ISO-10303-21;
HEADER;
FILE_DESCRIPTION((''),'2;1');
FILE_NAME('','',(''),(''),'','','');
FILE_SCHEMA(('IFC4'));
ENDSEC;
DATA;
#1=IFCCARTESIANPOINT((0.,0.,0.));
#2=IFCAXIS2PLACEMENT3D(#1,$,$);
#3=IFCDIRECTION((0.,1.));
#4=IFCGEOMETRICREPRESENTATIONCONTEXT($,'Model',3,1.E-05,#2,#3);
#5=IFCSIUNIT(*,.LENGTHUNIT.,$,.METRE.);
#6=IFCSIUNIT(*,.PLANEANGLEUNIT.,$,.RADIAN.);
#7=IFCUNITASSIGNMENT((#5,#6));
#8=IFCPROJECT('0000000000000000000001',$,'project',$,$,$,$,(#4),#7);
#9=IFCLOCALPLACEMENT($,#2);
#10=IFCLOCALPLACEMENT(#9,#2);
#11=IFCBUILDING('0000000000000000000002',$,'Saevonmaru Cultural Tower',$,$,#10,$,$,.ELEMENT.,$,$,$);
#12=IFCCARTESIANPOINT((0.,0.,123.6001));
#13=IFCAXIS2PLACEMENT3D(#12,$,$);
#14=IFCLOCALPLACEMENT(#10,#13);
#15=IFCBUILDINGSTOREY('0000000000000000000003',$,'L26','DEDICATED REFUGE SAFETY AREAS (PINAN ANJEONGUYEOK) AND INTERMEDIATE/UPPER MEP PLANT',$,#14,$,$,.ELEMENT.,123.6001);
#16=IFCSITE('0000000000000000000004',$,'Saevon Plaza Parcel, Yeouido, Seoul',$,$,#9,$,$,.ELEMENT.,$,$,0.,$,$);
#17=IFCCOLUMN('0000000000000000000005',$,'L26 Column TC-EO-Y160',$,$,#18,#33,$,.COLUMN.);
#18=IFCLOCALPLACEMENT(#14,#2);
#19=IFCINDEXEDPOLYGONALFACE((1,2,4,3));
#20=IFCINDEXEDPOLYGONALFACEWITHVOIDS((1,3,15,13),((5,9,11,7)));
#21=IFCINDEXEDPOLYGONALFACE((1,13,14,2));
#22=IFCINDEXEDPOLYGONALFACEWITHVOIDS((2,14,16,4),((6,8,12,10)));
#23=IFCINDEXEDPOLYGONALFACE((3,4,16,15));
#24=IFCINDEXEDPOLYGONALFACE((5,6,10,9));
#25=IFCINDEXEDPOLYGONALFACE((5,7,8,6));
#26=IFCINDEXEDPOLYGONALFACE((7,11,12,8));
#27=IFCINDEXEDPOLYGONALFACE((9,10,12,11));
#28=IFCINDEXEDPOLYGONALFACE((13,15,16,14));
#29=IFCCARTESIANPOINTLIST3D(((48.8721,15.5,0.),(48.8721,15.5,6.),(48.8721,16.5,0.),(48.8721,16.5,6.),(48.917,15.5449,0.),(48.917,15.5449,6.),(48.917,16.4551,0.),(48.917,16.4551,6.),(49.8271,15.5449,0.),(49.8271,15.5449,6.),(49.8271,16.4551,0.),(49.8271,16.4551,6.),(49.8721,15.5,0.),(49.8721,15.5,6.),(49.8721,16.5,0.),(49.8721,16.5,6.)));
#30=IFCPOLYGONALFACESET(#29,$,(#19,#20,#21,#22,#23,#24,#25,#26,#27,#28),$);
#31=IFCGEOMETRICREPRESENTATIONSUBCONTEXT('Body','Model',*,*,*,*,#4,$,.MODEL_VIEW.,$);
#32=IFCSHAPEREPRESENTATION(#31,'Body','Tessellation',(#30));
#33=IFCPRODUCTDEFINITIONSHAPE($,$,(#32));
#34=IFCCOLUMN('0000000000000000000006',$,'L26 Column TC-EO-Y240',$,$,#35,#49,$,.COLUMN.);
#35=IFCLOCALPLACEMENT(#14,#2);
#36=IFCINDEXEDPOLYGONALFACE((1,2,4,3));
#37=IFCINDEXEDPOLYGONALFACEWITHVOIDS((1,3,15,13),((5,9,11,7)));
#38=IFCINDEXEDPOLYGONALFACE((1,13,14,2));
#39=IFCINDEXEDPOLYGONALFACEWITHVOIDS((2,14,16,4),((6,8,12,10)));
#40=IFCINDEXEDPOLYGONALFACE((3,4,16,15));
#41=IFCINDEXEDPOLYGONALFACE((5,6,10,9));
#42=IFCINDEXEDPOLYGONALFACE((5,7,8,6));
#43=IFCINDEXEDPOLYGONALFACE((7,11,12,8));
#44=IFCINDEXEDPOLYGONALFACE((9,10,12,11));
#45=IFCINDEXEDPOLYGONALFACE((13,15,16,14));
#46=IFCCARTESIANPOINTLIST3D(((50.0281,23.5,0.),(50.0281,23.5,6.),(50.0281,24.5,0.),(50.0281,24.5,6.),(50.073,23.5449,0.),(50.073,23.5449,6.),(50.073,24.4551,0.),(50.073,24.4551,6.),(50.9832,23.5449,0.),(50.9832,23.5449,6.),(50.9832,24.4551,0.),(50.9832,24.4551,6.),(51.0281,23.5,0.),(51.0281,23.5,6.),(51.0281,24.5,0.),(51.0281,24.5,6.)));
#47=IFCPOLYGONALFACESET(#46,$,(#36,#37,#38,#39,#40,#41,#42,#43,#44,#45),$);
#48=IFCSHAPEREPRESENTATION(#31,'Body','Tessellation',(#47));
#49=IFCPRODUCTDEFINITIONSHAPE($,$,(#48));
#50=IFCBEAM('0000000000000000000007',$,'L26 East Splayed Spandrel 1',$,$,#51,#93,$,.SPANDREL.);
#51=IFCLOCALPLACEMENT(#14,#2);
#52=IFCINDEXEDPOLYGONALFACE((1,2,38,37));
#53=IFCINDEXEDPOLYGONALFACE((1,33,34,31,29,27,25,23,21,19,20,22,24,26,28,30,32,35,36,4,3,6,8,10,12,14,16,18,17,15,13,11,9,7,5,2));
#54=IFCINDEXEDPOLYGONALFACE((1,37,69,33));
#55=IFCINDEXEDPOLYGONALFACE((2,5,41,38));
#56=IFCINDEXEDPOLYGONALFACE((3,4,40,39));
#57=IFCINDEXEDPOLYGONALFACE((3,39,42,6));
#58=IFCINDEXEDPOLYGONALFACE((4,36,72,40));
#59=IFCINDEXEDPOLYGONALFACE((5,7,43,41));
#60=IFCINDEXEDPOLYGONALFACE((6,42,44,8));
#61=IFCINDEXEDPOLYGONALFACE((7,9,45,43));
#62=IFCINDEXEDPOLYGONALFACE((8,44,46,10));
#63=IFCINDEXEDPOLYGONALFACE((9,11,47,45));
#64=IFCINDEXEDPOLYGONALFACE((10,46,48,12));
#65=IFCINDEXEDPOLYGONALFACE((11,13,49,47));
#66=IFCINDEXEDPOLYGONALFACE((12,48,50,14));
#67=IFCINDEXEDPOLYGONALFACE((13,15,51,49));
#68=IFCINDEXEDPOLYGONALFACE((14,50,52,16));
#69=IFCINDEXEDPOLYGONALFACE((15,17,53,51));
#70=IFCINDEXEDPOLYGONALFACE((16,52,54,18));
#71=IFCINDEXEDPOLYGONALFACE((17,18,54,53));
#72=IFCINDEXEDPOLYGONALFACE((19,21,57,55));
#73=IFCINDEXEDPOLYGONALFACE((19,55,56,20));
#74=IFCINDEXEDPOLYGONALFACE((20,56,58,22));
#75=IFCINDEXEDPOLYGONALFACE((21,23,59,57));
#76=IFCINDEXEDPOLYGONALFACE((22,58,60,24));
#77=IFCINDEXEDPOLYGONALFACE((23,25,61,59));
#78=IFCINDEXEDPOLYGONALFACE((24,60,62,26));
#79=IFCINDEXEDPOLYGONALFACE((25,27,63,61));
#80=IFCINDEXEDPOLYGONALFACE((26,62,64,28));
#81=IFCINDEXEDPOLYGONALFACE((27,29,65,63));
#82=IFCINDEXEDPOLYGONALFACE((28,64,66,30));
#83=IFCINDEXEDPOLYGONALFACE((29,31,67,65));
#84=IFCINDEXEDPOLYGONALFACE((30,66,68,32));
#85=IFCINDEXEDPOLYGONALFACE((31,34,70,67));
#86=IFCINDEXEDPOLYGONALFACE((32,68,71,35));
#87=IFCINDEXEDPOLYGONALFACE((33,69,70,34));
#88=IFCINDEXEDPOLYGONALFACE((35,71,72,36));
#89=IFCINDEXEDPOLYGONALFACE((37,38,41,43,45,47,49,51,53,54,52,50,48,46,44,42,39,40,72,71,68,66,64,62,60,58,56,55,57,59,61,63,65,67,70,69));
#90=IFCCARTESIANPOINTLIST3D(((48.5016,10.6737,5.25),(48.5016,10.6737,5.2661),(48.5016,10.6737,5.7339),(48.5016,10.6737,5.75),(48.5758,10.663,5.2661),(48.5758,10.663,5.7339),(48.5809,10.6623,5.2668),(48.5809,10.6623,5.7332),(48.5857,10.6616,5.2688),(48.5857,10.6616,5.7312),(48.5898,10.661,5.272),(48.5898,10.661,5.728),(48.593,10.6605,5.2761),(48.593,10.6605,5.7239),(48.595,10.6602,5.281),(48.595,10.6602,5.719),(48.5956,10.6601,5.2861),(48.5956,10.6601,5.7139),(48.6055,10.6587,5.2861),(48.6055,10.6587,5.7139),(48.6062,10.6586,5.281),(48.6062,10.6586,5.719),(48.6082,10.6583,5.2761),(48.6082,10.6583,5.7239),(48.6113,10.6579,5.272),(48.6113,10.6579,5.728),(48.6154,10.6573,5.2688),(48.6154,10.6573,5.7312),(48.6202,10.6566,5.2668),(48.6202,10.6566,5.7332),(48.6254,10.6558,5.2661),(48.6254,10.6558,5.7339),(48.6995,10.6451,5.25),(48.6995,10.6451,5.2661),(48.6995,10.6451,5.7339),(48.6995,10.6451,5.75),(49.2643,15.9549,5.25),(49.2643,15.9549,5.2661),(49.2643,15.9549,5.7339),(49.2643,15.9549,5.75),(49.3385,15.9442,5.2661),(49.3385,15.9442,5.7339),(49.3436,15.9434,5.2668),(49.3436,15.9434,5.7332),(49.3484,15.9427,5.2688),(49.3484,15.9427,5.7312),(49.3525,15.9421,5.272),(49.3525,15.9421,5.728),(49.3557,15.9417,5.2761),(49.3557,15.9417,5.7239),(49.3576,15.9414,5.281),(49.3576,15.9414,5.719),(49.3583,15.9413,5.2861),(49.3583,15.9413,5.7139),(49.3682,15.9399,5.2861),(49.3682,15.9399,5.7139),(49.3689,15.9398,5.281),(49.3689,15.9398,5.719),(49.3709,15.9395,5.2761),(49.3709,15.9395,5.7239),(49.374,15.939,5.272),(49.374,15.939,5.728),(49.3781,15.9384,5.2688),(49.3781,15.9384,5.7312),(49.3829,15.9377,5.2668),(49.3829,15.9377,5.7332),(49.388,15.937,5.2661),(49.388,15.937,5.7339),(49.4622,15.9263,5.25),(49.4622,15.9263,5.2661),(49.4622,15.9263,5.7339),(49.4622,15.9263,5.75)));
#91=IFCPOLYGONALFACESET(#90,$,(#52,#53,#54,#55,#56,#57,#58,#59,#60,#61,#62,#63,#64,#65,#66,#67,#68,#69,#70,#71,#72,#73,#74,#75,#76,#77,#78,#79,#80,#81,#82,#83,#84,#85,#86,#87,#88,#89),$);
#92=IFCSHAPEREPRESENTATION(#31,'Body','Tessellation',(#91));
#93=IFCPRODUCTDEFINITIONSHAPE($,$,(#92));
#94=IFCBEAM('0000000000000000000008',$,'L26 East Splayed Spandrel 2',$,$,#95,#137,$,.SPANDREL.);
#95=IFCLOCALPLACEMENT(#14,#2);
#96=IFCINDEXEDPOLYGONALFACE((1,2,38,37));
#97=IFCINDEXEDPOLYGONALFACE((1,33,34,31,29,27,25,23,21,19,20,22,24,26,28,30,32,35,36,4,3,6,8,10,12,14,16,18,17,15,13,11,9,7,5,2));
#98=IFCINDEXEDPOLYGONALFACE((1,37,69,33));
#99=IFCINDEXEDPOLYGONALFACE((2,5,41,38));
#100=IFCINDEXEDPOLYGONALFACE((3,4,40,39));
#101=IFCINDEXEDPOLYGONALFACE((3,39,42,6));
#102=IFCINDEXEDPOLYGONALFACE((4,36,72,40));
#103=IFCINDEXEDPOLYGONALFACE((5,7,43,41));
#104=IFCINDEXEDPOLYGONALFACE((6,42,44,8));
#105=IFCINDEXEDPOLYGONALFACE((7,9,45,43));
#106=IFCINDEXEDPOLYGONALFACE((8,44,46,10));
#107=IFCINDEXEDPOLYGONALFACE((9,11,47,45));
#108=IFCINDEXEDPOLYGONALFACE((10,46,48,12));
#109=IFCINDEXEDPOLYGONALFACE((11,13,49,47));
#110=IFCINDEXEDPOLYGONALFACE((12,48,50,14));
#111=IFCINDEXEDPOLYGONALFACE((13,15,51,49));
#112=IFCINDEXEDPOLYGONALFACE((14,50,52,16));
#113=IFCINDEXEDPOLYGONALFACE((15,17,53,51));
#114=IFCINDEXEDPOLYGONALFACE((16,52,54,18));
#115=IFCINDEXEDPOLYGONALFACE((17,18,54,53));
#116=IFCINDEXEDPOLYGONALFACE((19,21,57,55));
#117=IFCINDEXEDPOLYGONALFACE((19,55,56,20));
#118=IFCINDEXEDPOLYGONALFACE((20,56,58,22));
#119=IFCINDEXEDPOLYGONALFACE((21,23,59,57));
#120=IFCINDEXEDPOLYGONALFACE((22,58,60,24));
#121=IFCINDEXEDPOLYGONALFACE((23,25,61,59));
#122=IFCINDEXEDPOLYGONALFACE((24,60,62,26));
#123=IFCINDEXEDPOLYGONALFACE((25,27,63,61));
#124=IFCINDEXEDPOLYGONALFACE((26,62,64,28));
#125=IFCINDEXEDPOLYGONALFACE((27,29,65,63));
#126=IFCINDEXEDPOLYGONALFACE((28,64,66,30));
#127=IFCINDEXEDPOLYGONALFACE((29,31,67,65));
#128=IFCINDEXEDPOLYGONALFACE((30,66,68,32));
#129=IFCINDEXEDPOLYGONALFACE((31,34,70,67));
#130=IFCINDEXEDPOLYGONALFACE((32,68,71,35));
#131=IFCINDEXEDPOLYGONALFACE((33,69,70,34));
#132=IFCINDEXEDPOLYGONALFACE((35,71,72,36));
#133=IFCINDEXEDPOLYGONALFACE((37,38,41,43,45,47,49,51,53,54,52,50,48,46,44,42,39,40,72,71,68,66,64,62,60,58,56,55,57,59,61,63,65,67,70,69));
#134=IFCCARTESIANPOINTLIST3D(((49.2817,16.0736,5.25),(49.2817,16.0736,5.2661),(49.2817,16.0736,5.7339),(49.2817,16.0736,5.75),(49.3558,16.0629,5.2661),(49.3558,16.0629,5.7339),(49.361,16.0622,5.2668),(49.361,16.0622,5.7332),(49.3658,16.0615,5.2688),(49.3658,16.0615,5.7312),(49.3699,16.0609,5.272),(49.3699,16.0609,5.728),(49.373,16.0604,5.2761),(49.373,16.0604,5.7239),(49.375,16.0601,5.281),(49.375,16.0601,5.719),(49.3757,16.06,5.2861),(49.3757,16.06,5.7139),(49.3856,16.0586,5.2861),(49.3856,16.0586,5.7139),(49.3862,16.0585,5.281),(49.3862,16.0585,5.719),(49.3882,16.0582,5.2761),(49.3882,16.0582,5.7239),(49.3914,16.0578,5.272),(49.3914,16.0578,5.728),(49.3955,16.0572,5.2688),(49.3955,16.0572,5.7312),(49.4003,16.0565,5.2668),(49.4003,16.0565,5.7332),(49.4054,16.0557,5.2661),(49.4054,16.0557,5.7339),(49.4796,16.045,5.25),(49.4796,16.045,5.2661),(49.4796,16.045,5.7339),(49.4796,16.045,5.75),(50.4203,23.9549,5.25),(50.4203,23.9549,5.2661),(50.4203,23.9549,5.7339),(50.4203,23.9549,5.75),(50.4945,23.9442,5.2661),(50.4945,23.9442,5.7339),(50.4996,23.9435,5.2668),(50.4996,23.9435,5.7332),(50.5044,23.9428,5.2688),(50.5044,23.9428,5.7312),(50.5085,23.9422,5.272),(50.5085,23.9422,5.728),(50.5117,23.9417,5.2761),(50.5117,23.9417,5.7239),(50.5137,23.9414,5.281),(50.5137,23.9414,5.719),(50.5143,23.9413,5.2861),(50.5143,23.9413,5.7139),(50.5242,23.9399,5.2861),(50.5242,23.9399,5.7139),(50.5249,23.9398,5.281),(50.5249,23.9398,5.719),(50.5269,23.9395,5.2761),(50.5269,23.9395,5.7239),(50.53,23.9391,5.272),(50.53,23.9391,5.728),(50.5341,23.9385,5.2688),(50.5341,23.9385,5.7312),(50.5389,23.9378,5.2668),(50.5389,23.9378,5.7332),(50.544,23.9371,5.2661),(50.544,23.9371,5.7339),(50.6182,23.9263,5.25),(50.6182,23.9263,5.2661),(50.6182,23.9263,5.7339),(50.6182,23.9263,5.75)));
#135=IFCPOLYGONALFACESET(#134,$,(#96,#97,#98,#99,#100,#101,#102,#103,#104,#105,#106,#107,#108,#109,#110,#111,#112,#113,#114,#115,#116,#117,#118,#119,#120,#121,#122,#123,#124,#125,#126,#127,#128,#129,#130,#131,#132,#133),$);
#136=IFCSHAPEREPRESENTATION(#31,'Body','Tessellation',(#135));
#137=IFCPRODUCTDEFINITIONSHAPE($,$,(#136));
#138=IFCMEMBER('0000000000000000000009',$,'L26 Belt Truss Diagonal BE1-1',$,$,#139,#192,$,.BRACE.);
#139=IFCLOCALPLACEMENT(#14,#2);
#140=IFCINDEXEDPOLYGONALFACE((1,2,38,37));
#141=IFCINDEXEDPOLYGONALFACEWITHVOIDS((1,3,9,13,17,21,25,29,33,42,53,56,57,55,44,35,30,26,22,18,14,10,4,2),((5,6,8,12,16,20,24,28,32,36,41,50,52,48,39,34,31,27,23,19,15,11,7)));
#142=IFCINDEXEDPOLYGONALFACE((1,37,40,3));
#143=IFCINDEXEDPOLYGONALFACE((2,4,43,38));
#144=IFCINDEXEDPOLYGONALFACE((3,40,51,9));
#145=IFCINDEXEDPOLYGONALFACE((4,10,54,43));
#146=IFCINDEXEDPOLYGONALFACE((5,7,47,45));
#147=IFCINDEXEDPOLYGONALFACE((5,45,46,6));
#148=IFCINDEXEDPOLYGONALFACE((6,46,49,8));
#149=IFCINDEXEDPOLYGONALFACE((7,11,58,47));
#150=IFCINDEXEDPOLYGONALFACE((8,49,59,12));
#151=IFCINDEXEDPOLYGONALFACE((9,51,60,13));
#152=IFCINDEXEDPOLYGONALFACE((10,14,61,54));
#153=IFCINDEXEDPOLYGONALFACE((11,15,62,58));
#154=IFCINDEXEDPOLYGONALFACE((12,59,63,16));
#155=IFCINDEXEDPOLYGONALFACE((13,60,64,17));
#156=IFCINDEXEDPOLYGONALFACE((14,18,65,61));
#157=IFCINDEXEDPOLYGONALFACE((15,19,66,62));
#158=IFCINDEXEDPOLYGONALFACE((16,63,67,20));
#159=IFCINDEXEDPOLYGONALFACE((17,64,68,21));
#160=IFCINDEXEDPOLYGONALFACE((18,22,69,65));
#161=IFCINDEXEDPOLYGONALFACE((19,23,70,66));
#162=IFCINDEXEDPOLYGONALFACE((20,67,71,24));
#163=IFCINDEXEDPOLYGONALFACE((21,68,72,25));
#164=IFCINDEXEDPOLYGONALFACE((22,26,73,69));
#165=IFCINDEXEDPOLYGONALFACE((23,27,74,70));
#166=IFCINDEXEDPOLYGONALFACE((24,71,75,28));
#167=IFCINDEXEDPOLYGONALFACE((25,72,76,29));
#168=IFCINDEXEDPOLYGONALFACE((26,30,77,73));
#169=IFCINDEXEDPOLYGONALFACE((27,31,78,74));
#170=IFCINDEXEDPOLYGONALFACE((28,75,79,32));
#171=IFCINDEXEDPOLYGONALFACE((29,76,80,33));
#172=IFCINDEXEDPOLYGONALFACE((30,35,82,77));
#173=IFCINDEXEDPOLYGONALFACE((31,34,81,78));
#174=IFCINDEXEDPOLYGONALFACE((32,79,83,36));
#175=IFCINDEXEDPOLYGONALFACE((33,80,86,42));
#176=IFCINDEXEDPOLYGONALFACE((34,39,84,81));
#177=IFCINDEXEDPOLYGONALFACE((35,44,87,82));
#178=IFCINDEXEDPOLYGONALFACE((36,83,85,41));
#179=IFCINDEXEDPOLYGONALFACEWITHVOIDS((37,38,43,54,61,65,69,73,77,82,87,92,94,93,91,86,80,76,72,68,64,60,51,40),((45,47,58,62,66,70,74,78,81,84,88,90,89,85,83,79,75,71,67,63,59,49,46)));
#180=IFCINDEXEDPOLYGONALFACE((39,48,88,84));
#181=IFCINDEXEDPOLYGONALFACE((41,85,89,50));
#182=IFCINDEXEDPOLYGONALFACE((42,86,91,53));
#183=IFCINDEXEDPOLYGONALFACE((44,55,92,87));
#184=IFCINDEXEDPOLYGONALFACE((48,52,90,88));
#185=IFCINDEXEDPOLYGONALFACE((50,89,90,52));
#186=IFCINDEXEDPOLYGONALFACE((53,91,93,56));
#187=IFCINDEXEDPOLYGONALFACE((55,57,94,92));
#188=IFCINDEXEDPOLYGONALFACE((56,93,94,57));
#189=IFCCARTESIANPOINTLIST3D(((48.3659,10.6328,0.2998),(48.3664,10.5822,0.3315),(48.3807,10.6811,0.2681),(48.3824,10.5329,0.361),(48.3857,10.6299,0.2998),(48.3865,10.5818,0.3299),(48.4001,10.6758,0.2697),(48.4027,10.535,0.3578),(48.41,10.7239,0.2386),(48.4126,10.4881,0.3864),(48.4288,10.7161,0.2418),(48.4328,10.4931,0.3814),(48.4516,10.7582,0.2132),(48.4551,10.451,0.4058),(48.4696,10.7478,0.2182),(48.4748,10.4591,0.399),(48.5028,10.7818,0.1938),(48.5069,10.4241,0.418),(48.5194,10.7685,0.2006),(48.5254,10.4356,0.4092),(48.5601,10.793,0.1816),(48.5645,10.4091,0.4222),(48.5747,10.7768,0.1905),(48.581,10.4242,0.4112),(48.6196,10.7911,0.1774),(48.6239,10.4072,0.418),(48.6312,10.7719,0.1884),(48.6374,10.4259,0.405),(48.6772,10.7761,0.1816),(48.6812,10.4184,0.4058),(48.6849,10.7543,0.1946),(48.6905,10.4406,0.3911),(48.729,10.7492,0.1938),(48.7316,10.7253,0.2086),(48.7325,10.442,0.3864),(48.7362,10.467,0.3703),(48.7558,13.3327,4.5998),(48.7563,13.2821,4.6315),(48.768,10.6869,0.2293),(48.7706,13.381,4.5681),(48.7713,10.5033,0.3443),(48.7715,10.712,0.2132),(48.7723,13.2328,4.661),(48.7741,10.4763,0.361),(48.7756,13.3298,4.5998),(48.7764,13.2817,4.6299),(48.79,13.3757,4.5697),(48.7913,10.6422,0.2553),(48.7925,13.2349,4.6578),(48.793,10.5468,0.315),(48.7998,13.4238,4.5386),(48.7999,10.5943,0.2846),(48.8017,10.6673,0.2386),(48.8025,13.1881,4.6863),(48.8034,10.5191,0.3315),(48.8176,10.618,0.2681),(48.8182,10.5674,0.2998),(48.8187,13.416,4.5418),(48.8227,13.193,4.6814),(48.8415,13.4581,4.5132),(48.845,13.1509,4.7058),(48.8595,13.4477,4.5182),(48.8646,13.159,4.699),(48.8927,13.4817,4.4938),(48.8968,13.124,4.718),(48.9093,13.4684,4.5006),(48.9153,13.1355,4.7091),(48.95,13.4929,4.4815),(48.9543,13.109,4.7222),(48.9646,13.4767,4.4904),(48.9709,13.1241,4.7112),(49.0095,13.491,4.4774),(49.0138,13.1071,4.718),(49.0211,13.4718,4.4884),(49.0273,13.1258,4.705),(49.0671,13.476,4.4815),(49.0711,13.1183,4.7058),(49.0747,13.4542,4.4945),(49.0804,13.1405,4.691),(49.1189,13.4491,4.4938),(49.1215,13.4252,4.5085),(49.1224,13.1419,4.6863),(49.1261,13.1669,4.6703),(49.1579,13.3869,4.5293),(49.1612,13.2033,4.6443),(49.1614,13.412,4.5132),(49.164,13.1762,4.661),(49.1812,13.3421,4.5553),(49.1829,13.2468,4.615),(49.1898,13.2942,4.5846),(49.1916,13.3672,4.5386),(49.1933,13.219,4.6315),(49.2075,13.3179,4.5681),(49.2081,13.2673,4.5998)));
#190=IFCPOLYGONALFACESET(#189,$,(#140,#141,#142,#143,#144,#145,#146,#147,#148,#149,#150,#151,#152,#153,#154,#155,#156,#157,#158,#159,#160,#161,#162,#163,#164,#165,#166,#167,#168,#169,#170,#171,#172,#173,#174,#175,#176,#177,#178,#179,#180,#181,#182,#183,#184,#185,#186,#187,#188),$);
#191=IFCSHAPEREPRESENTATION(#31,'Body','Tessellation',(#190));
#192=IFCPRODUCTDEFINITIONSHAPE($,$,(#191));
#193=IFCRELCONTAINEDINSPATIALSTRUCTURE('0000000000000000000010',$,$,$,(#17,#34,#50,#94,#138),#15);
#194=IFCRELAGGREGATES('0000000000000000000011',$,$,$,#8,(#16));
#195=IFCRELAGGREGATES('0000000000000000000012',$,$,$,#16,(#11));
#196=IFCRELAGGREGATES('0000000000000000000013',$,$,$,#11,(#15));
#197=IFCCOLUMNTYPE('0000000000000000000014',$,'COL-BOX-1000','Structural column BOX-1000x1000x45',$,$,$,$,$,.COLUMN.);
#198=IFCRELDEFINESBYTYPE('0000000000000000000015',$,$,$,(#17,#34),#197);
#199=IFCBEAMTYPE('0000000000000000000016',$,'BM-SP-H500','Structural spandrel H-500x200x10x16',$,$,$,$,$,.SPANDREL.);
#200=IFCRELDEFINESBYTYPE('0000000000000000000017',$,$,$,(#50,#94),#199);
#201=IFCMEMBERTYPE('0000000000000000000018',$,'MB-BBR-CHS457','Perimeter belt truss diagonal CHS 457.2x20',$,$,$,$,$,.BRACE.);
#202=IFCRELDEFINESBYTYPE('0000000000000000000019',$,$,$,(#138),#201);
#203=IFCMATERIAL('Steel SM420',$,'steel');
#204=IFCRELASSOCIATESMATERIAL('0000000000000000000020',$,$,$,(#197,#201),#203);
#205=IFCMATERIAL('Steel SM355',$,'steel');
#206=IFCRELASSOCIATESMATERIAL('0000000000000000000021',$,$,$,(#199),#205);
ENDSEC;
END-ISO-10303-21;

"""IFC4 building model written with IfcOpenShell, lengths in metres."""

from ifc_helpers import new_model, si_unit, direction, frame, origin, origin_2d, place, context, subcontext, project, spatial, hollow_rectangle, hollow_circle, i_section, extrude, material, material_profile, profile_set, type_object, element, save


model = new_model("IFC4")

# Units and contexts
model_context = context("Model", 3, precision=1e-05, world=origin(), true_north=direction((0.0, 1.0)))
body_context = subcontext(model_context, "Body", "Model", "MODEL_VIEW")
ifc_project = project(units=[si_unit("LENGTHUNIT", "METRE"), si_unit("PLANEANGLEUNIT", "RADIAN")], contexts=[model_context])

# Site, building, storey
site_placement = place(None, origin())
site = spatial("IfcSite", under=ifc_project, at=site_placement, Name="Saevon Plaza Parcel, Yeouido, Seoul", CompositionType="ELEMENT", RefElevation=0.0)
building_placement = place(site_placement, origin())
building = spatial("IfcBuilding", under=site, at=building_placement, Name="Saevonmaru Cultural Tower", CompositionType="ELEMENT")
storey_placement = place(building_placement, frame((0.0, 0.0, 123.6001)))
storey = spatial("IfcBuildingStorey", under=building, at=storey_placement, Name="L26", Description="DEDICATED REFUGE SAFETY AREAS (PINAN ANJEONGUYEOK) AND INTERMEDIATE/UPPER MEP PLANT", CompositionType="ELEMENT", Elevation=123.6001)

# Columns
ifc_material_1 = material(Name="Steel SM420", Category="steel")
ifc_material_profile_1 = material_profile(ifc_material_1, hollow_rectangle(XDim=1.0, YDim=1.0, WallThickness=0.0449, at=origin_2d()), Name="BOX-1000x1000x45")
ifc_profile_set_1 = profile_set([ifc_material_profile_1], Name="Steel SM420")
column_type = type_object("IfcColumnType", Name="COL-BOX-1000", Description="Structural column BOX-1000x1000x45", PredefinedType="COLUMN", material=ifc_profile_set_1)
for number, where, z_axis, x_axis, name in (
    (1, (49.3721, 16.0, 0.0), (0.0, 0.0, 1.0), (1.0, 0.0, 0.0), "L26 Column TC-EO-Y160"),
    (2, (50.5281, 24.0, 0.0), (0.0, 0.0, 1.0), (1.0, 0.0, 0.0), "L26 Column TC-EO-Y240"),
):
    element("IfcColumn", number, at=place(storey_placement, frame(where, z_axis=z_axis, x_axis=x_axis)), inside=storey, type_object=column_type, Name=name, PredefinedType="COLUMN", context=body_context, shape_type="SweptSolid", body=[
        extrude(hollow_rectangle(XDim=1.0, YDim=1.0, WallThickness=0.0449, at=origin_2d()), origin(), (0.0, 0.0, 1.0), 6.0),
    ])

# Beams
ifc_material_2 = material(Name="Steel SM355", Category="steel")
ifc_material_profile_2 = material_profile(ifc_material_2, i_section(OverallWidth=0.2, OverallDepth=0.5, WebThickness=0.01, FlangeThickness=0.0161, FilletRadius=0.02, at=origin_2d()), Name="H-500x200x10x16")
ifc_profile_set_2 = profile_set([ifc_material_profile_2], Name="Steel SM355")
beam_type = type_object("IfcBeamType", Name="BM-SP-H500", Description="Structural spandrel H-500x200x10x16", PredefinedType="SPANDREL", material=ifc_profile_set_2)
beam_1_placement = place(storey_placement, frame((48.6006, 10.6594, 5.5), z_axis=(0.142933, 0.989732, 0.0), x_axis=(-0.989732, 0.142933, 0.0)))
element("IfcBeam", 3, at=beam_1_placement, inside=storey, type_object=beam_type, Name="L26 East Splayed Spandrel 1", PredefinedType="SPANDREL", context=body_context, shape_type="SweptSolid", body=[
    extrude(i_section(OverallWidth=0.2, OverallDepth=0.5, WebThickness=0.01, FlangeThickness=0.0161, FilletRadius=0.02, at=origin_2d()), origin(), (0.0, 0.0, 1.0), 5.3359),
])
beam_2_placement = place(storey_placement, frame((49.3806, 16.0593, 5.5), z_axis=(0.142992, 0.989724, 0.0), x_axis=(-0.989724, 0.142992, 0.0)))
element("IfcBeam", 4, at=beam_2_placement, inside=storey, type_object=beam_type, Name="L26 East Splayed Spandrel 2", PredefinedType="SPANDREL", context=body_context, shape_type="SweptSolid", body=[
    extrude(i_section(OverallWidth=0.2, OverallDepth=0.5, WebThickness=0.01, FlangeThickness=0.0161, FilletRadius=0.02, at=origin_2d()), origin(), (0.0, 0.0, 1.0), 7.9631),
])

# Member
ifc_material_profile_3 = material_profile(ifc_material_1, hollow_circle(Radius=0.2285, WallThickness=0.02, at=origin_2d()), Name="CHS-457.2x20")
ifc_profile_set_3 = profile_set([ifc_material_profile_3], Name="Steel SM420")
member_type_1 = type_object("IfcMemberType", Name="MB-BBR-CHS457", Description="Perimeter belt truss diagonal CHS 457.2x20", PredefinedType="BRACE", material=ifc_profile_set_3)
for number, where, z_axis, x_axis, name in (
    (5, (48.592, 10.6001, 0.2998), (0.076564, 0.530196, 0.844411), (-0.989734, 0.142925, 0.0), "L26 Belt Truss Diagonal BE1-1"),
):
    element("IfcMember", number, at=place(storey_placement, frame(where, z_axis=z_axis, x_axis=x_axis)), inside=storey, type_object=member_type_1, Name=name, PredefinedType="BRACE", context=body_context, shape_type="SweptSolid", body=[
        extrude(hollow_circle(Radius=0.2285, WallThickness=0.02, at=origin_2d()), origin(), (0.0, 0.0, 1.0), 5.0923),
    ])

save(model, "model.ifc")
